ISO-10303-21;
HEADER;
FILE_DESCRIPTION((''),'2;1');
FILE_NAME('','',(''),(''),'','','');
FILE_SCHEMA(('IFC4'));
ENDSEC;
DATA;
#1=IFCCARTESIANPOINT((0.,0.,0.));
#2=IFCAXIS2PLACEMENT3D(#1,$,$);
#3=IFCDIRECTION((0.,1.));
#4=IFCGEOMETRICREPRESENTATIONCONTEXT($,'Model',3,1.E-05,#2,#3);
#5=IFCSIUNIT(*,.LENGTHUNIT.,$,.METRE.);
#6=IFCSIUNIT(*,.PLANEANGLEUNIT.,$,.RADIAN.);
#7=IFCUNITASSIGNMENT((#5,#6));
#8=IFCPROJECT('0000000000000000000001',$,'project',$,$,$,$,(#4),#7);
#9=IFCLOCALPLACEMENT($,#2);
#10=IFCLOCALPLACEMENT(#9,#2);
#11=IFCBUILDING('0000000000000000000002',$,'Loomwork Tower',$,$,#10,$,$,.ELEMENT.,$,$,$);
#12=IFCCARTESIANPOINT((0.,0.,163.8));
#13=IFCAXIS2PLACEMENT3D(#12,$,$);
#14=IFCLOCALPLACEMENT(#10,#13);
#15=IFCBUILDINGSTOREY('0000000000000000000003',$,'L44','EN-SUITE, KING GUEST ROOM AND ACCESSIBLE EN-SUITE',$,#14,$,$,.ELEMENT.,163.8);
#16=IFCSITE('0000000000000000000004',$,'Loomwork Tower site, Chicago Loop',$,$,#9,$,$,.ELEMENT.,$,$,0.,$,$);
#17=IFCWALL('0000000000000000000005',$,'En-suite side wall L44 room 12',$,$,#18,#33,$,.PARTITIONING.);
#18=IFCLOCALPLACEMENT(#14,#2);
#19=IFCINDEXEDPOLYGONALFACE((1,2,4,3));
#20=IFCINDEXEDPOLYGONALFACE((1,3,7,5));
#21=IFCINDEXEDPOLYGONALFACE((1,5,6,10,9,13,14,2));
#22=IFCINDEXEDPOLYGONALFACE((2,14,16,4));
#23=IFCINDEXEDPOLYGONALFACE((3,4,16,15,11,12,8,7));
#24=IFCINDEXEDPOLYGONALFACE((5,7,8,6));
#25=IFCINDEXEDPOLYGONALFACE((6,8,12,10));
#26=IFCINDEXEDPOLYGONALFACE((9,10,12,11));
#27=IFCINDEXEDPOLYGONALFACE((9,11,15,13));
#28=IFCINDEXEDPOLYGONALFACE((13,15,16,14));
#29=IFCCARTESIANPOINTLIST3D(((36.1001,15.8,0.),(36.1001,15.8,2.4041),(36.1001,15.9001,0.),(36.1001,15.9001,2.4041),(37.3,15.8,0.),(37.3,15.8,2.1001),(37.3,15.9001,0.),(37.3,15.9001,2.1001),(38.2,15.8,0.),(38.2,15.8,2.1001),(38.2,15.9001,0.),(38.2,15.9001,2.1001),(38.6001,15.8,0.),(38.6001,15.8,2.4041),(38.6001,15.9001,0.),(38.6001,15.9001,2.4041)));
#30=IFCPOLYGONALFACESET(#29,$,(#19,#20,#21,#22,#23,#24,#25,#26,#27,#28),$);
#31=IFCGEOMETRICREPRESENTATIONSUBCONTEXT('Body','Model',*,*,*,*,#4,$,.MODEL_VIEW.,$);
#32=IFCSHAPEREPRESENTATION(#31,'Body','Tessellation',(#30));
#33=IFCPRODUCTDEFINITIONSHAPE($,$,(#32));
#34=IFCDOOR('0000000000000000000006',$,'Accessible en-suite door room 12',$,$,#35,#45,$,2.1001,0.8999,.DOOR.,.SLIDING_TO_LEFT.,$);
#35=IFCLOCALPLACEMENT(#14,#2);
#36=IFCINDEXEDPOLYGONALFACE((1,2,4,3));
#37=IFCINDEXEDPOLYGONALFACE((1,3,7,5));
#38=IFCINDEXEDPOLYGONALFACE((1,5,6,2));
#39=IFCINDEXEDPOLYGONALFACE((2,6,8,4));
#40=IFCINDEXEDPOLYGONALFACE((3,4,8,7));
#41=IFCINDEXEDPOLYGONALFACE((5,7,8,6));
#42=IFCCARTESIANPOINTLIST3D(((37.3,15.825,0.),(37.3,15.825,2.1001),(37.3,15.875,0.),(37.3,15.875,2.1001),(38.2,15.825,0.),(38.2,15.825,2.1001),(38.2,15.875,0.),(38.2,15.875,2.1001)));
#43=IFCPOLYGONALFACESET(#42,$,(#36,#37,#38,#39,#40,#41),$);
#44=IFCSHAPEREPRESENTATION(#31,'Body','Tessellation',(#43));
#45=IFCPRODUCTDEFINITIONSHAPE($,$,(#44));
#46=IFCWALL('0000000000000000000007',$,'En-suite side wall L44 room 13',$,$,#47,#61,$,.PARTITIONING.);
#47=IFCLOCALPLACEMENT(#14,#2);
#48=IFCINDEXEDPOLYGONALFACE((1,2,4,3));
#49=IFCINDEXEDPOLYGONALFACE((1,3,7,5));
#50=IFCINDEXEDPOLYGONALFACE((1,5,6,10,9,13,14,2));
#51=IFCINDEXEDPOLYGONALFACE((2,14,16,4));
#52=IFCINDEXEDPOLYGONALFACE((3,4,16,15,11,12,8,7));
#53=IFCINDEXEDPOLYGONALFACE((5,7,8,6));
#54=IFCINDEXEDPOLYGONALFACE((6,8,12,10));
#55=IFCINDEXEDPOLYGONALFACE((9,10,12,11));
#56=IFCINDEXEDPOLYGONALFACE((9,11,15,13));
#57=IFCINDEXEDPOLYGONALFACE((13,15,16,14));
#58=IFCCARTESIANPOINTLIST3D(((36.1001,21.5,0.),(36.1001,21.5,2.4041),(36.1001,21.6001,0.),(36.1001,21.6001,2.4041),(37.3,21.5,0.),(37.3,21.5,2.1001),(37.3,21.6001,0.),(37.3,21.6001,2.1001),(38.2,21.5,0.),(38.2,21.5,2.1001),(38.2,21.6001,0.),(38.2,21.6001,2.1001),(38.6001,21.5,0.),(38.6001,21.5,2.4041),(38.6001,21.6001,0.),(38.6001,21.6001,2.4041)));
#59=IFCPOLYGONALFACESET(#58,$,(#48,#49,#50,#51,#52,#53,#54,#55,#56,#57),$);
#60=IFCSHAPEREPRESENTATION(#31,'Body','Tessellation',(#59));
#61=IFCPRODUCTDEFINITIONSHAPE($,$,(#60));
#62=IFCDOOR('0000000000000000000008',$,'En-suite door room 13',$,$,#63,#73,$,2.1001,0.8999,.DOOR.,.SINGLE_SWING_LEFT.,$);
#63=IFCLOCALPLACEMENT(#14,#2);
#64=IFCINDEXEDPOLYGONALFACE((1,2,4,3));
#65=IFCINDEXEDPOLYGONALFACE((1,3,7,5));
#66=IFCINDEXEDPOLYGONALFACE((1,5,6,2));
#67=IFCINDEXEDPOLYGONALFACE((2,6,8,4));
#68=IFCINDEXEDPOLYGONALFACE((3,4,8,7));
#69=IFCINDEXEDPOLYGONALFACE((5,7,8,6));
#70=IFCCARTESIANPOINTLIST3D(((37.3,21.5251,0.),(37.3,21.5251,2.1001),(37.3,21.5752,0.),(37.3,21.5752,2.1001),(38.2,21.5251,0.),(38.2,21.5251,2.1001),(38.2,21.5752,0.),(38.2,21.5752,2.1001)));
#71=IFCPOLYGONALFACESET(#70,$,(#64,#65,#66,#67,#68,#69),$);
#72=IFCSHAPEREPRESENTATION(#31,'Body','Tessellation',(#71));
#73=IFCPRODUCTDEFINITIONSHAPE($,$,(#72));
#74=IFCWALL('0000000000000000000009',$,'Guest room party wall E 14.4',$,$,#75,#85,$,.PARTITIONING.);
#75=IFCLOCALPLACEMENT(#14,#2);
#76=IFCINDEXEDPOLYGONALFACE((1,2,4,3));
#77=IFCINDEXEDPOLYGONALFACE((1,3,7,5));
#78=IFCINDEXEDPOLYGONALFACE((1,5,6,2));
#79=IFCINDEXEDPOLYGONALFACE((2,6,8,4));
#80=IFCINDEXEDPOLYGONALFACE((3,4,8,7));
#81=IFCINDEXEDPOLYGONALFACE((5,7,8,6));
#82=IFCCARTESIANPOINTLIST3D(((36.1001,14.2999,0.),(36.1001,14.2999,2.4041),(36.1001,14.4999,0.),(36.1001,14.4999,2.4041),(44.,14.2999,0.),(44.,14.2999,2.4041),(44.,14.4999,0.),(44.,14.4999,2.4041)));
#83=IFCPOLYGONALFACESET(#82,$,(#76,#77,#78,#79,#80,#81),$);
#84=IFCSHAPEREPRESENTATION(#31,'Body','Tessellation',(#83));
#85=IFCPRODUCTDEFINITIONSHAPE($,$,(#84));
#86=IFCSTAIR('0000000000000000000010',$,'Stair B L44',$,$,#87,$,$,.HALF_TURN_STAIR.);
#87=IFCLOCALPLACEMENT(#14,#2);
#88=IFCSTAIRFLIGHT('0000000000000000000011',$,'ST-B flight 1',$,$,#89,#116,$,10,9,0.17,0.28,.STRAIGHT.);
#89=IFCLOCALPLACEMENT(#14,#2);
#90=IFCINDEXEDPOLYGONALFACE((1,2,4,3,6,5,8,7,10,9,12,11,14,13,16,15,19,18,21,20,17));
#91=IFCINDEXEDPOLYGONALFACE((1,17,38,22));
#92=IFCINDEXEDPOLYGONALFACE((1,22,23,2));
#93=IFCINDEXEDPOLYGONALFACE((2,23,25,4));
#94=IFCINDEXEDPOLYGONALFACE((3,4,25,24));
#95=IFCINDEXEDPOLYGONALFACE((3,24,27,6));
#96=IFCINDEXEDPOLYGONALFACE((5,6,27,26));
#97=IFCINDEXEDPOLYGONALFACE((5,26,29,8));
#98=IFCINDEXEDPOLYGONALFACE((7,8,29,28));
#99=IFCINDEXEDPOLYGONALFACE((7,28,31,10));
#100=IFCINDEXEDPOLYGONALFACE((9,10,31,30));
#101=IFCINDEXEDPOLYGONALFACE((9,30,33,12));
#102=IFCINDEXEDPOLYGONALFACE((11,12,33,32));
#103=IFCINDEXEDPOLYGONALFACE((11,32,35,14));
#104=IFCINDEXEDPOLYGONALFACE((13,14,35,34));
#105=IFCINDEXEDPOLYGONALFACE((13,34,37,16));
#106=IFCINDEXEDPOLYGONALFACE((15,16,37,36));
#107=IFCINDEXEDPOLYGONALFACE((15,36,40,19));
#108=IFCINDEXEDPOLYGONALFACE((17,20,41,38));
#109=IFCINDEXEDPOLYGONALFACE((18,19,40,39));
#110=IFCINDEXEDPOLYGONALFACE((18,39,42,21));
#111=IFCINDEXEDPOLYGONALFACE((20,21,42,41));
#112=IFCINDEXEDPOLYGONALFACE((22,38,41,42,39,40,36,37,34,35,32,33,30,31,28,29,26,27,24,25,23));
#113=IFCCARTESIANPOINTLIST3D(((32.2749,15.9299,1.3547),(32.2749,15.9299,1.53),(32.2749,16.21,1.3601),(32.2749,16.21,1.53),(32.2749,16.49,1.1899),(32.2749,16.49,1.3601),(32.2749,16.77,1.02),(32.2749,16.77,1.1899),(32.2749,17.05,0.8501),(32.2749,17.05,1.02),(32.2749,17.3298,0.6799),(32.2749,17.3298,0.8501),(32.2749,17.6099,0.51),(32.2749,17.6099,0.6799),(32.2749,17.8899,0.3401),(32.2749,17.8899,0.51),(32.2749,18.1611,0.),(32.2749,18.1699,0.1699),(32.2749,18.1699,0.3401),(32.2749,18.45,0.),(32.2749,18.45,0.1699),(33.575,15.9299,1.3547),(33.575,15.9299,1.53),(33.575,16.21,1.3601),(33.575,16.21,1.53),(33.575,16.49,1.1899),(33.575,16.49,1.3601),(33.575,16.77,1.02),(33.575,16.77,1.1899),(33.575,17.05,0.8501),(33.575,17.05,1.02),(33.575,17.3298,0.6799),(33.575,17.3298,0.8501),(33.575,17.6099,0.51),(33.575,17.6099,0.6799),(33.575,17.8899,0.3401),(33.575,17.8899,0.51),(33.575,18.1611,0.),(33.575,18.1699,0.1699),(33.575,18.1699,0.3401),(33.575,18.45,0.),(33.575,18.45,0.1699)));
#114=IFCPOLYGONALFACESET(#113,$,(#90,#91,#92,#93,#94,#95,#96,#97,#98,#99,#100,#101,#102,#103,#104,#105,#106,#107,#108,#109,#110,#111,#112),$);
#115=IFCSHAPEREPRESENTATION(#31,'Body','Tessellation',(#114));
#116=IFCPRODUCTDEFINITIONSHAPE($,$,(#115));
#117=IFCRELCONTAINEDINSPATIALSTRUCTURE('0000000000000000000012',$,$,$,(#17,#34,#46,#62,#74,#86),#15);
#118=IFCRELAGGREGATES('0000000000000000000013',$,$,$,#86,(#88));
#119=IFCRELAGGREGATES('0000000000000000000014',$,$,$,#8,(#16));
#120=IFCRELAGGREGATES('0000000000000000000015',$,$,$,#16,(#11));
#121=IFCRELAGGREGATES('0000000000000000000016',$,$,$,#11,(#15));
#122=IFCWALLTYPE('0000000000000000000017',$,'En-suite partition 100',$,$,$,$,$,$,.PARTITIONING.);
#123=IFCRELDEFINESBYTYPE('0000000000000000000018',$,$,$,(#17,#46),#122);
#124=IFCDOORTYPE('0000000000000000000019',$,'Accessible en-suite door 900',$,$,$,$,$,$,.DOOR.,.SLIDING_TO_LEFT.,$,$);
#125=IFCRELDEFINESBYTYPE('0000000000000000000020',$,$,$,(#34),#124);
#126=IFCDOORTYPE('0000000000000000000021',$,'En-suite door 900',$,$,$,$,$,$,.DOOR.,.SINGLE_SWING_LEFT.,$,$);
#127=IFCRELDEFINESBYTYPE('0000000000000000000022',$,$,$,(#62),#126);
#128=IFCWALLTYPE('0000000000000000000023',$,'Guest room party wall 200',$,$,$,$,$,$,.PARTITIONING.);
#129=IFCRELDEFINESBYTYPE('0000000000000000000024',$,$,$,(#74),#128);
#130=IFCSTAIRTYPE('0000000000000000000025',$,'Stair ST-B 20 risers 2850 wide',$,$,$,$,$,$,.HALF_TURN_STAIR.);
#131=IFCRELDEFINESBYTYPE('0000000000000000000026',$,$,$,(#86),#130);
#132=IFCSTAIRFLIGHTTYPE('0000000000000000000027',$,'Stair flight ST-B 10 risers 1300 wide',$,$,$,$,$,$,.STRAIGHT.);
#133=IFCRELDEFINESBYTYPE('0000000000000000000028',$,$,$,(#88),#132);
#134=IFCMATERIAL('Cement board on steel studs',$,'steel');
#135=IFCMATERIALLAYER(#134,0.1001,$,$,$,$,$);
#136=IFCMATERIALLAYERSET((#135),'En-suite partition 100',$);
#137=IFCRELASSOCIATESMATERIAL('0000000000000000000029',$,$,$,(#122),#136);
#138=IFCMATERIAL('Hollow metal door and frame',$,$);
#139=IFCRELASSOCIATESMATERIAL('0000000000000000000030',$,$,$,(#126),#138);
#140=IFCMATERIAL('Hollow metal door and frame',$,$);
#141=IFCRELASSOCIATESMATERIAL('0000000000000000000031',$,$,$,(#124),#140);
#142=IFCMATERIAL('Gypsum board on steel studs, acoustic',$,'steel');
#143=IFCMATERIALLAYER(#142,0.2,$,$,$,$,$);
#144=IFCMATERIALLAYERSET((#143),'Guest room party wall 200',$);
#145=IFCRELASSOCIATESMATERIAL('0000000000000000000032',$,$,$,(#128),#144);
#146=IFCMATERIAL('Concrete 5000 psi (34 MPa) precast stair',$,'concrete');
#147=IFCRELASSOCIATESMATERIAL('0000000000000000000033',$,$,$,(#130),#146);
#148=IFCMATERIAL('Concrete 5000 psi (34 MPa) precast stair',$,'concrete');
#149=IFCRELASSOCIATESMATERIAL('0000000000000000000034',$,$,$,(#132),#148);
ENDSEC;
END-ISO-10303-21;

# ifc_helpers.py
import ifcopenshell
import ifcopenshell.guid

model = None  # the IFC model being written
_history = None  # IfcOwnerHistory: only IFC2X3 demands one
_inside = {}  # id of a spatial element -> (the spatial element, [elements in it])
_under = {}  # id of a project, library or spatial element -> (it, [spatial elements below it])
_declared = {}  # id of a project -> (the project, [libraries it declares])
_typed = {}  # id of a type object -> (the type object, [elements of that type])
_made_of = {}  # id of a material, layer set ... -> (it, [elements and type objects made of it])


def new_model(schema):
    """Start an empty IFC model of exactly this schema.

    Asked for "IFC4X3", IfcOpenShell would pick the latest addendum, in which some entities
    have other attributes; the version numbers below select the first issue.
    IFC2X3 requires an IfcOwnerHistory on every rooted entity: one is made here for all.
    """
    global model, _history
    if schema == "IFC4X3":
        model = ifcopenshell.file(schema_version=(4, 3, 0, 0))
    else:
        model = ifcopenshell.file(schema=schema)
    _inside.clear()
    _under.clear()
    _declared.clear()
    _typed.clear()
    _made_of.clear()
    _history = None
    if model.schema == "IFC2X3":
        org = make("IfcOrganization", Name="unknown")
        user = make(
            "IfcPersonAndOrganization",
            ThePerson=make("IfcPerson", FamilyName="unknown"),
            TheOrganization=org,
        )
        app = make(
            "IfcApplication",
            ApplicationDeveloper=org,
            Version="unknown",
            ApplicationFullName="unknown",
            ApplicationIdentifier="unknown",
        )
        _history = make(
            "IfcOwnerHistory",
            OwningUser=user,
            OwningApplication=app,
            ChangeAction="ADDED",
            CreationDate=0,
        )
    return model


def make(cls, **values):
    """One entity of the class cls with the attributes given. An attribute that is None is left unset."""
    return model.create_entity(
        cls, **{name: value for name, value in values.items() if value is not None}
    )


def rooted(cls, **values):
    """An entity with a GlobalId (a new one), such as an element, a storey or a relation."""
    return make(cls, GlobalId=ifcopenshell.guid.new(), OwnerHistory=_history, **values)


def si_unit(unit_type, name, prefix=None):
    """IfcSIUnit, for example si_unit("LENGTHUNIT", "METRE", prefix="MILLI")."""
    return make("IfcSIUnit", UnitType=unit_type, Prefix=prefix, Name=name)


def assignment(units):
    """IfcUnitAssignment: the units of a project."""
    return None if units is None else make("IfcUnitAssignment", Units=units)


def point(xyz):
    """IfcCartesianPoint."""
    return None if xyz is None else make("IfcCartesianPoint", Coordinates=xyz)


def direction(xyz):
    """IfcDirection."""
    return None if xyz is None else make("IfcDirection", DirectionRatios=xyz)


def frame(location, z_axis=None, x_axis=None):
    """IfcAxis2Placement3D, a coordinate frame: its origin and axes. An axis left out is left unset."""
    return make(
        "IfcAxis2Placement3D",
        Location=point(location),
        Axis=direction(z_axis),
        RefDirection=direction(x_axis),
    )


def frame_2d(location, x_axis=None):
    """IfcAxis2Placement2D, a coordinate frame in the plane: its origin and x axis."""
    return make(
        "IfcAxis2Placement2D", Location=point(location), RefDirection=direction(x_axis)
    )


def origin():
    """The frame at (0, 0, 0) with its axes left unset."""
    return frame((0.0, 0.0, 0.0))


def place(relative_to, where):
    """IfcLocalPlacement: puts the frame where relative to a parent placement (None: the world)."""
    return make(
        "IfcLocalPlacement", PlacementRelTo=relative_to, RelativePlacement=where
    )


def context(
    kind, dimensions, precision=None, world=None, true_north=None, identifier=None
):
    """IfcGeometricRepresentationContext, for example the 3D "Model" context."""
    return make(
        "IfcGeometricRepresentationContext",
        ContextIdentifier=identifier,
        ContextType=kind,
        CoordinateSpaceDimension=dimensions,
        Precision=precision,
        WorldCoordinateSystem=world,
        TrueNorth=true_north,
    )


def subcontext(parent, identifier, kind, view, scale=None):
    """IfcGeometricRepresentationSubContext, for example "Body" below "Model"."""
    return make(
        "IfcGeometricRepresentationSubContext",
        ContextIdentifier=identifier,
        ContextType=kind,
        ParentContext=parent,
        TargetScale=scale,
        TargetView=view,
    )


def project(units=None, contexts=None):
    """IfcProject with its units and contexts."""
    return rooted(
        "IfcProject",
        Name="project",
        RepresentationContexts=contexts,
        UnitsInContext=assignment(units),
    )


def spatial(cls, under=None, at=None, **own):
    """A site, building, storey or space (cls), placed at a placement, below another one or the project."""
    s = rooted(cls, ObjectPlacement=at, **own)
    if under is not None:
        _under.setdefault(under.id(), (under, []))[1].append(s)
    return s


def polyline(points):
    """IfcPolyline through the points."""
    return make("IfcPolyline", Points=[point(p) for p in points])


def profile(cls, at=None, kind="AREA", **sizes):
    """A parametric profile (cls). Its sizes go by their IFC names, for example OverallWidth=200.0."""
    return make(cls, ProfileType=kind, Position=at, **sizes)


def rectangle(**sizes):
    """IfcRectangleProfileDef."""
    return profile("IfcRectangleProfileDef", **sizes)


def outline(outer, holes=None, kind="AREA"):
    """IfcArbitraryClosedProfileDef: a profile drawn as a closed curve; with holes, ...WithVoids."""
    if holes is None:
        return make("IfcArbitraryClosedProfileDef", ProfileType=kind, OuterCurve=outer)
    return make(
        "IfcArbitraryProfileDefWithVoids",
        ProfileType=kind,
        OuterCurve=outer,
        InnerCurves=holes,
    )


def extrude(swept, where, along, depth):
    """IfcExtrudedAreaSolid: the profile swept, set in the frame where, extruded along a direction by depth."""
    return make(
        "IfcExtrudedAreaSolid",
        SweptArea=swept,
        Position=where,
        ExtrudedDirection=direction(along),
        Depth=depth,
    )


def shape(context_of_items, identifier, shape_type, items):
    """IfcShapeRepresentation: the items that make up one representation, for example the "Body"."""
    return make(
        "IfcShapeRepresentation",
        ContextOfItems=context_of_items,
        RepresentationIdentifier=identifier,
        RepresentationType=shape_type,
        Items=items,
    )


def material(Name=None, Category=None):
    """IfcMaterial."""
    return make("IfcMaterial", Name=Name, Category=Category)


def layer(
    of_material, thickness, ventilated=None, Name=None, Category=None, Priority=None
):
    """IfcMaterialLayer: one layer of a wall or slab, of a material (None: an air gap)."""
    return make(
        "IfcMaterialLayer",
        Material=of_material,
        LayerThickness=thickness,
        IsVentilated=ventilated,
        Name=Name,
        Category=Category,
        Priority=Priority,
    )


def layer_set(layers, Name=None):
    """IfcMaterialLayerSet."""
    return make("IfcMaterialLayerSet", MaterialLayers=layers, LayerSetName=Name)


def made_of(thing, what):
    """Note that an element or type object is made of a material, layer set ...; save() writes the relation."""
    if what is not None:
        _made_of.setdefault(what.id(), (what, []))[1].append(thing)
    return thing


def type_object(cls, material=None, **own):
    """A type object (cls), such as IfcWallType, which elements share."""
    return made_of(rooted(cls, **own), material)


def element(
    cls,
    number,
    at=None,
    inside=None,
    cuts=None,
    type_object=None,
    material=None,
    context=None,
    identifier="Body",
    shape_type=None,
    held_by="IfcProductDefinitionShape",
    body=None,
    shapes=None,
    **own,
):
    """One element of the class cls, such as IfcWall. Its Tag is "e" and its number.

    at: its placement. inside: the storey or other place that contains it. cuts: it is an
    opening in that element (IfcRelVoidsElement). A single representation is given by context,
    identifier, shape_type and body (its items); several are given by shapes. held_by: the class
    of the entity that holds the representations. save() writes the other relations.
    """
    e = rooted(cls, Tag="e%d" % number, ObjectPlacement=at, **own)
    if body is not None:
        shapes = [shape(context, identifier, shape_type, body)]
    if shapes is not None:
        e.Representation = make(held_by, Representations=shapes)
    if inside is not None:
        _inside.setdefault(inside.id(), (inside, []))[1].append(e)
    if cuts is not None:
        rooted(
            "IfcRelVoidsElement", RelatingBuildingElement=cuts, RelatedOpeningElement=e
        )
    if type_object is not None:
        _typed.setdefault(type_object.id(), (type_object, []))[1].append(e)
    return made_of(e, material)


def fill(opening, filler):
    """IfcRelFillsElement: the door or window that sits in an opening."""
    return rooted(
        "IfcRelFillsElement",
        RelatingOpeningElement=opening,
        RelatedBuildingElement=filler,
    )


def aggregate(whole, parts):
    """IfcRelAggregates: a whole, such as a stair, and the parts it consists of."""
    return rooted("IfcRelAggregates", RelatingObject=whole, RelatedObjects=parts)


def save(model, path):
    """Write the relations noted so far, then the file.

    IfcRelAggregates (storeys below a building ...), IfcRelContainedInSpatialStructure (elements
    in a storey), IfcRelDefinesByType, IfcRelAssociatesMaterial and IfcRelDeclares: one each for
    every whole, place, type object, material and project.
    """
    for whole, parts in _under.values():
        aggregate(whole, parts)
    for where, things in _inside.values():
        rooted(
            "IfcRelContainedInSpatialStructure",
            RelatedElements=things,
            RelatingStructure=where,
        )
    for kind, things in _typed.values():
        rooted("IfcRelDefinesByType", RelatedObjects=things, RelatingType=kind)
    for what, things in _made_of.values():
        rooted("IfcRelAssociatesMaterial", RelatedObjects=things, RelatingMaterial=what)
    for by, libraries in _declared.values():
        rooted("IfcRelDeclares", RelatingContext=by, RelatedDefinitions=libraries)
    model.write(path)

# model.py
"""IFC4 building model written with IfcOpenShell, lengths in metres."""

from ifc_helpers import new_model, si_unit, direction, frame, frame_2d, origin, place, context, subcontext, project, spatial, polyline, rectangle, outline, extrude, material, layer, layer_set, type_object, element, fill, aggregate, save


model = new_model("IFC4")

# Units and contexts
model_context = context("Model", 3, precision=1e-05, world=origin(), true_north=direction((0.0, 1.0)))
body_context = subcontext(model_context, "Body", "Model", "MODEL_VIEW")
ifc_project = project(units=[si_unit("LENGTHUNIT", "METRE"), si_unit("PLANEANGLEUNIT", "RADIAN")], contexts=[model_context])

# Site, building, storey
site_placement = place(None, origin())
site = spatial("IfcSite", under=ifc_project, at=site_placement, Name="Loomwork Tower site, Chicago Loop", CompositionType="ELEMENT", RefElevation=0.0)
building_placement = place(site_placement, origin())
building = spatial("IfcBuilding", under=site, at=building_placement, Name="Loomwork Tower", CompositionType="ELEMENT")
storey_placement = place(building_placement, frame((0.0, 0.0, 163.8)))
storey = spatial("IfcBuildingStorey", under=building, at=storey_placement, Name="L44", Description="EN-SUITE, KING GUEST ROOM AND ACCESSIBLE EN-SUITE", CompositionType="ELEMENT", Elevation=163.8)

# Walls, openings, doors
ifc_material_1 = material(Name="Cement board on steel studs", Category="steel")
ifc_layer_1 = layer(ifc_material_1, 0.1001)
ifc_layer_set_1 = layer_set([ifc_layer_1], Name="En-suite partition 100")
wall_type_1 = type_object("IfcWallType", Name="En-suite partition 100", PredefinedType="PARTITIONING", material=ifc_layer_set_1)
ifc_material_2 = material(Name="Hollow metal door and frame")
door_type_1 = type_object("IfcDoorType", Name="En-suite door 900", OperationType="SINGLE_SWING_LEFT", PredefinedType="DOOR", material=ifc_material_2)
wall_1_placement = place(storey_placement, frame((36.1001, 15.8501, 0.0), z_axis=(0.0, 0.0, 1.0), x_axis=(1.0, 0.0, 0.0)))
wall_1 = element("IfcWall", 1, at=wall_1_placement, inside=storey, type_object=wall_type_1, Name="En-suite side wall L44 room 12", PredefinedType="PARTITIONING", context=body_context, shape_type="SweptSolid", body=[
    extrude(rectangle(XDim=2.5, YDim=0.1001, at=frame_2d((1.25, 0.0))), origin(), (0.0, 0.0, 1.0), 2.4041),
])
opening_1_placement = place(wall_1_placement, frame((1.2, 0.0, 0.0)))
opening_1 = element("IfcOpeningElement", 2, at=opening_1_placement, cuts=wall_1, PredefinedType="OPENING", context=body_context, shape_type="SweptSolid", body=[
    extrude(rectangle(XDim=0.8999, YDim=2.1001, at=frame_2d((0.45, 1.05))), frame((0.0, 0.0601, 0.0), z_axis=(0.0, -1.0, 0.0), x_axis=(1.0, 0.0, 0.0)), (0.0, 0.0, 1.0), 0.1201),
])
ifc_material_3 = material(Name="Hollow metal door and frame")
door_type_2 = type_object("IfcDoorType", Name="Accessible en-suite door 900", OperationType="SLIDING_TO_LEFT", PredefinedType="DOOR", material=ifc_material_3)
door_1_placement = place(opening_1_placement, origin())
door_1 = element("IfcDoor", 3, at=door_1_placement, inside=storey, type_object=door_type_2, Name="Accessible en-suite door room 12", OperationType="SLIDING_TO_LEFT", OverallHeight=2.1001, OverallWidth=0.8999, PredefinedType="DOOR", context=body_context, shape_type="SweptSolid", body=[
    extrude(rectangle(XDim=0.8999, YDim=2.1001, at=frame_2d((0.45, 1.05))), frame((0.0, 0.0249, 0.0), z_axis=(0.0, -1.0, 0.0), x_axis=(1.0, 0.0, 0.0)), (0.0, 0.0, 1.0), 0.05),
])
fill(opening_1, door_1)
wall_2_placement = place(storey_placement, frame((36.1001, 21.55, 0.0), z_axis=(0.0, 0.0, 1.0), x_axis=(1.0, 0.0, 0.0)))
wall_2 = element("IfcWall", 4, at=wall_2_placement, inside=storey, type_object=wall_type_1, Name="En-suite side wall L44 room 13", PredefinedType="PARTITIONING", context=body_context, shape_type="SweptSolid", body=[
    extrude(rectangle(XDim=2.5, YDim=0.1001, at=frame_2d((1.25, 0.0))), origin(), (0.0, 0.0, 1.0), 2.4041),
])
opening_2_placement = place(wall_2_placement, frame((1.2, 0.0, 0.0)))
opening_2 = element("IfcOpeningElement", 5, at=opening_2_placement, cuts=wall_2, PredefinedType="OPENING", context=body_context, shape_type="SweptSolid", body=[
    extrude(rectangle(XDim=0.8999, YDim=2.1001, at=frame_2d((0.45, 1.05))), frame((0.0, 0.0601, 0.0), z_axis=(0.0, -1.0, 0.0), x_axis=(1.0, 0.0, 0.0)), (0.0, 0.0, 1.0), 0.1201),
])
door_2_placement = place(opening_2_placement, frame((0.8999, 0.0, 0.0), z_axis=(0.0, 0.0, 1.0), x_axis=(-1.0, 0.0, 0.0)))
door_2 = element("IfcDoor", 6, at=door_2_placement, inside=storey, type_object=door_type_1, Name="En-suite door room 13", OperationType="SINGLE_SWING_LEFT", OverallHeight=2.1001, OverallWidth=0.8999, PredefinedType="DOOR", context=body_context, shape_type="SweptSolid", body=[
    extrude(rectangle(XDim=0.8999, YDim=2.1001, at=frame_2d((0.45, 1.05))), frame((0.0, 0.0249, 0.0), z_axis=(0.0, -1.0, 0.0), x_axis=(1.0, 0.0, 0.0)), (0.0, 0.0, 1.0), 0.05),
])
fill(opening_2, door_2)

# Wall
ifc_material_4 = material(Name="Gypsum board on steel studs, acoustic", Category="steel")
ifc_layer_2 = layer(ifc_material_4, 0.2)
ifc_layer_set_2 = layer_set([ifc_layer_2], Name="Guest room party wall 200")
wall_type_2 = type_object("IfcWallType", Name="Guest room party wall 200", PredefinedType="PARTITIONING", material=ifc_layer_set_2)
wall_3_placement = place(storey_placement, frame((36.1001, 14.3999, 0.0), z_axis=(0.0, 0.0, 1.0), x_axis=(1.0, 0.0, 0.0)))
element("IfcWall", 7, at=wall_3_placement, inside=storey, type_object=wall_type_2, Name="Guest room party wall E 14.4", PredefinedType="PARTITIONING", context=body_context, shape_type="SweptSolid", body=[
    extrude(rectangle(XDim=7.8999, YDim=0.2, at=frame_2d((3.95, 0.0))), origin(), (0.0, 0.0, 1.0), 2.4041),
])

# Stair, stair flight
ifc_material_5 = material(Name="Concrete 5000 psi (34 MPa) precast stair", Category="concrete")
stair_type = type_object("IfcStairType", Name="Stair ST-B 20 risers 2850 wide", PredefinedType="HALF_TURN_STAIR", material=ifc_material_5)
stair_placement = place(storey_placement, origin())
stair = element("IfcStair", 8, at=stair_placement, inside=storey, type_object=stair_type, Name="Stair B L44", PredefinedType="HALF_TURN_STAIR")
ifc_material_6 = material(Name="Concrete 5000 psi (34 MPa) precast stair", Category="concrete")
stair_flight_type = type_object("IfcStairFlightType", Name="Stair flight ST-B 10 risers 1300 wide", PredefinedType="STRAIGHT", material=ifc_material_6)
stair_flight_placement = place(storey_placement, frame((32.925, 18.45, 0.0), z_axis=(0.0, 0.0, 1.0), x_axis=(0.0, -1.0, 0.0)))
stair_flight = element("IfcStairFlight", 9, at=stair_flight_placement, type_object=stair_flight_type, Name="ST-B flight 1", NumberOfRisers=10, NumberOfTreads=9, PredefinedType="STRAIGHT", RiserHeight=0.17, TreadLength=0.28, context=body_context, shape_type="SweptSolid", body=[
    extrude(outline(polyline([(0.0, 0.0), (0.0, 0.1699), (0.28, 0.1699), (0.28, 0.3401), (0.5601, 0.3401), (0.5601, 0.51), (0.8401, 0.51), (0.8401, 0.6799), (1.1201, 0.6799), (1.1201, 0.8501), (1.3999, 0.8501), (1.3999, 1.02), (1.6799, 1.02), (1.6799, 1.1899), (1.96, 1.1899), (1.96, 1.3601), (2.24, 1.3601), (2.24, 1.53), (2.52, 1.53), (2.52, 1.7), (2.52, 1.3547), (0.2888, 0.0), (0.0, 0.0)])), frame((0.0, 0.6499, 0.0), z_axis=(0.0, -1.0, 0.0), x_axis=(1.0, 0.0, 0.0)), (0.0, 0.0, 1.0), 1.3),
])
aggregate(stair, [stair_flight])

save(model, "model.ifc")
